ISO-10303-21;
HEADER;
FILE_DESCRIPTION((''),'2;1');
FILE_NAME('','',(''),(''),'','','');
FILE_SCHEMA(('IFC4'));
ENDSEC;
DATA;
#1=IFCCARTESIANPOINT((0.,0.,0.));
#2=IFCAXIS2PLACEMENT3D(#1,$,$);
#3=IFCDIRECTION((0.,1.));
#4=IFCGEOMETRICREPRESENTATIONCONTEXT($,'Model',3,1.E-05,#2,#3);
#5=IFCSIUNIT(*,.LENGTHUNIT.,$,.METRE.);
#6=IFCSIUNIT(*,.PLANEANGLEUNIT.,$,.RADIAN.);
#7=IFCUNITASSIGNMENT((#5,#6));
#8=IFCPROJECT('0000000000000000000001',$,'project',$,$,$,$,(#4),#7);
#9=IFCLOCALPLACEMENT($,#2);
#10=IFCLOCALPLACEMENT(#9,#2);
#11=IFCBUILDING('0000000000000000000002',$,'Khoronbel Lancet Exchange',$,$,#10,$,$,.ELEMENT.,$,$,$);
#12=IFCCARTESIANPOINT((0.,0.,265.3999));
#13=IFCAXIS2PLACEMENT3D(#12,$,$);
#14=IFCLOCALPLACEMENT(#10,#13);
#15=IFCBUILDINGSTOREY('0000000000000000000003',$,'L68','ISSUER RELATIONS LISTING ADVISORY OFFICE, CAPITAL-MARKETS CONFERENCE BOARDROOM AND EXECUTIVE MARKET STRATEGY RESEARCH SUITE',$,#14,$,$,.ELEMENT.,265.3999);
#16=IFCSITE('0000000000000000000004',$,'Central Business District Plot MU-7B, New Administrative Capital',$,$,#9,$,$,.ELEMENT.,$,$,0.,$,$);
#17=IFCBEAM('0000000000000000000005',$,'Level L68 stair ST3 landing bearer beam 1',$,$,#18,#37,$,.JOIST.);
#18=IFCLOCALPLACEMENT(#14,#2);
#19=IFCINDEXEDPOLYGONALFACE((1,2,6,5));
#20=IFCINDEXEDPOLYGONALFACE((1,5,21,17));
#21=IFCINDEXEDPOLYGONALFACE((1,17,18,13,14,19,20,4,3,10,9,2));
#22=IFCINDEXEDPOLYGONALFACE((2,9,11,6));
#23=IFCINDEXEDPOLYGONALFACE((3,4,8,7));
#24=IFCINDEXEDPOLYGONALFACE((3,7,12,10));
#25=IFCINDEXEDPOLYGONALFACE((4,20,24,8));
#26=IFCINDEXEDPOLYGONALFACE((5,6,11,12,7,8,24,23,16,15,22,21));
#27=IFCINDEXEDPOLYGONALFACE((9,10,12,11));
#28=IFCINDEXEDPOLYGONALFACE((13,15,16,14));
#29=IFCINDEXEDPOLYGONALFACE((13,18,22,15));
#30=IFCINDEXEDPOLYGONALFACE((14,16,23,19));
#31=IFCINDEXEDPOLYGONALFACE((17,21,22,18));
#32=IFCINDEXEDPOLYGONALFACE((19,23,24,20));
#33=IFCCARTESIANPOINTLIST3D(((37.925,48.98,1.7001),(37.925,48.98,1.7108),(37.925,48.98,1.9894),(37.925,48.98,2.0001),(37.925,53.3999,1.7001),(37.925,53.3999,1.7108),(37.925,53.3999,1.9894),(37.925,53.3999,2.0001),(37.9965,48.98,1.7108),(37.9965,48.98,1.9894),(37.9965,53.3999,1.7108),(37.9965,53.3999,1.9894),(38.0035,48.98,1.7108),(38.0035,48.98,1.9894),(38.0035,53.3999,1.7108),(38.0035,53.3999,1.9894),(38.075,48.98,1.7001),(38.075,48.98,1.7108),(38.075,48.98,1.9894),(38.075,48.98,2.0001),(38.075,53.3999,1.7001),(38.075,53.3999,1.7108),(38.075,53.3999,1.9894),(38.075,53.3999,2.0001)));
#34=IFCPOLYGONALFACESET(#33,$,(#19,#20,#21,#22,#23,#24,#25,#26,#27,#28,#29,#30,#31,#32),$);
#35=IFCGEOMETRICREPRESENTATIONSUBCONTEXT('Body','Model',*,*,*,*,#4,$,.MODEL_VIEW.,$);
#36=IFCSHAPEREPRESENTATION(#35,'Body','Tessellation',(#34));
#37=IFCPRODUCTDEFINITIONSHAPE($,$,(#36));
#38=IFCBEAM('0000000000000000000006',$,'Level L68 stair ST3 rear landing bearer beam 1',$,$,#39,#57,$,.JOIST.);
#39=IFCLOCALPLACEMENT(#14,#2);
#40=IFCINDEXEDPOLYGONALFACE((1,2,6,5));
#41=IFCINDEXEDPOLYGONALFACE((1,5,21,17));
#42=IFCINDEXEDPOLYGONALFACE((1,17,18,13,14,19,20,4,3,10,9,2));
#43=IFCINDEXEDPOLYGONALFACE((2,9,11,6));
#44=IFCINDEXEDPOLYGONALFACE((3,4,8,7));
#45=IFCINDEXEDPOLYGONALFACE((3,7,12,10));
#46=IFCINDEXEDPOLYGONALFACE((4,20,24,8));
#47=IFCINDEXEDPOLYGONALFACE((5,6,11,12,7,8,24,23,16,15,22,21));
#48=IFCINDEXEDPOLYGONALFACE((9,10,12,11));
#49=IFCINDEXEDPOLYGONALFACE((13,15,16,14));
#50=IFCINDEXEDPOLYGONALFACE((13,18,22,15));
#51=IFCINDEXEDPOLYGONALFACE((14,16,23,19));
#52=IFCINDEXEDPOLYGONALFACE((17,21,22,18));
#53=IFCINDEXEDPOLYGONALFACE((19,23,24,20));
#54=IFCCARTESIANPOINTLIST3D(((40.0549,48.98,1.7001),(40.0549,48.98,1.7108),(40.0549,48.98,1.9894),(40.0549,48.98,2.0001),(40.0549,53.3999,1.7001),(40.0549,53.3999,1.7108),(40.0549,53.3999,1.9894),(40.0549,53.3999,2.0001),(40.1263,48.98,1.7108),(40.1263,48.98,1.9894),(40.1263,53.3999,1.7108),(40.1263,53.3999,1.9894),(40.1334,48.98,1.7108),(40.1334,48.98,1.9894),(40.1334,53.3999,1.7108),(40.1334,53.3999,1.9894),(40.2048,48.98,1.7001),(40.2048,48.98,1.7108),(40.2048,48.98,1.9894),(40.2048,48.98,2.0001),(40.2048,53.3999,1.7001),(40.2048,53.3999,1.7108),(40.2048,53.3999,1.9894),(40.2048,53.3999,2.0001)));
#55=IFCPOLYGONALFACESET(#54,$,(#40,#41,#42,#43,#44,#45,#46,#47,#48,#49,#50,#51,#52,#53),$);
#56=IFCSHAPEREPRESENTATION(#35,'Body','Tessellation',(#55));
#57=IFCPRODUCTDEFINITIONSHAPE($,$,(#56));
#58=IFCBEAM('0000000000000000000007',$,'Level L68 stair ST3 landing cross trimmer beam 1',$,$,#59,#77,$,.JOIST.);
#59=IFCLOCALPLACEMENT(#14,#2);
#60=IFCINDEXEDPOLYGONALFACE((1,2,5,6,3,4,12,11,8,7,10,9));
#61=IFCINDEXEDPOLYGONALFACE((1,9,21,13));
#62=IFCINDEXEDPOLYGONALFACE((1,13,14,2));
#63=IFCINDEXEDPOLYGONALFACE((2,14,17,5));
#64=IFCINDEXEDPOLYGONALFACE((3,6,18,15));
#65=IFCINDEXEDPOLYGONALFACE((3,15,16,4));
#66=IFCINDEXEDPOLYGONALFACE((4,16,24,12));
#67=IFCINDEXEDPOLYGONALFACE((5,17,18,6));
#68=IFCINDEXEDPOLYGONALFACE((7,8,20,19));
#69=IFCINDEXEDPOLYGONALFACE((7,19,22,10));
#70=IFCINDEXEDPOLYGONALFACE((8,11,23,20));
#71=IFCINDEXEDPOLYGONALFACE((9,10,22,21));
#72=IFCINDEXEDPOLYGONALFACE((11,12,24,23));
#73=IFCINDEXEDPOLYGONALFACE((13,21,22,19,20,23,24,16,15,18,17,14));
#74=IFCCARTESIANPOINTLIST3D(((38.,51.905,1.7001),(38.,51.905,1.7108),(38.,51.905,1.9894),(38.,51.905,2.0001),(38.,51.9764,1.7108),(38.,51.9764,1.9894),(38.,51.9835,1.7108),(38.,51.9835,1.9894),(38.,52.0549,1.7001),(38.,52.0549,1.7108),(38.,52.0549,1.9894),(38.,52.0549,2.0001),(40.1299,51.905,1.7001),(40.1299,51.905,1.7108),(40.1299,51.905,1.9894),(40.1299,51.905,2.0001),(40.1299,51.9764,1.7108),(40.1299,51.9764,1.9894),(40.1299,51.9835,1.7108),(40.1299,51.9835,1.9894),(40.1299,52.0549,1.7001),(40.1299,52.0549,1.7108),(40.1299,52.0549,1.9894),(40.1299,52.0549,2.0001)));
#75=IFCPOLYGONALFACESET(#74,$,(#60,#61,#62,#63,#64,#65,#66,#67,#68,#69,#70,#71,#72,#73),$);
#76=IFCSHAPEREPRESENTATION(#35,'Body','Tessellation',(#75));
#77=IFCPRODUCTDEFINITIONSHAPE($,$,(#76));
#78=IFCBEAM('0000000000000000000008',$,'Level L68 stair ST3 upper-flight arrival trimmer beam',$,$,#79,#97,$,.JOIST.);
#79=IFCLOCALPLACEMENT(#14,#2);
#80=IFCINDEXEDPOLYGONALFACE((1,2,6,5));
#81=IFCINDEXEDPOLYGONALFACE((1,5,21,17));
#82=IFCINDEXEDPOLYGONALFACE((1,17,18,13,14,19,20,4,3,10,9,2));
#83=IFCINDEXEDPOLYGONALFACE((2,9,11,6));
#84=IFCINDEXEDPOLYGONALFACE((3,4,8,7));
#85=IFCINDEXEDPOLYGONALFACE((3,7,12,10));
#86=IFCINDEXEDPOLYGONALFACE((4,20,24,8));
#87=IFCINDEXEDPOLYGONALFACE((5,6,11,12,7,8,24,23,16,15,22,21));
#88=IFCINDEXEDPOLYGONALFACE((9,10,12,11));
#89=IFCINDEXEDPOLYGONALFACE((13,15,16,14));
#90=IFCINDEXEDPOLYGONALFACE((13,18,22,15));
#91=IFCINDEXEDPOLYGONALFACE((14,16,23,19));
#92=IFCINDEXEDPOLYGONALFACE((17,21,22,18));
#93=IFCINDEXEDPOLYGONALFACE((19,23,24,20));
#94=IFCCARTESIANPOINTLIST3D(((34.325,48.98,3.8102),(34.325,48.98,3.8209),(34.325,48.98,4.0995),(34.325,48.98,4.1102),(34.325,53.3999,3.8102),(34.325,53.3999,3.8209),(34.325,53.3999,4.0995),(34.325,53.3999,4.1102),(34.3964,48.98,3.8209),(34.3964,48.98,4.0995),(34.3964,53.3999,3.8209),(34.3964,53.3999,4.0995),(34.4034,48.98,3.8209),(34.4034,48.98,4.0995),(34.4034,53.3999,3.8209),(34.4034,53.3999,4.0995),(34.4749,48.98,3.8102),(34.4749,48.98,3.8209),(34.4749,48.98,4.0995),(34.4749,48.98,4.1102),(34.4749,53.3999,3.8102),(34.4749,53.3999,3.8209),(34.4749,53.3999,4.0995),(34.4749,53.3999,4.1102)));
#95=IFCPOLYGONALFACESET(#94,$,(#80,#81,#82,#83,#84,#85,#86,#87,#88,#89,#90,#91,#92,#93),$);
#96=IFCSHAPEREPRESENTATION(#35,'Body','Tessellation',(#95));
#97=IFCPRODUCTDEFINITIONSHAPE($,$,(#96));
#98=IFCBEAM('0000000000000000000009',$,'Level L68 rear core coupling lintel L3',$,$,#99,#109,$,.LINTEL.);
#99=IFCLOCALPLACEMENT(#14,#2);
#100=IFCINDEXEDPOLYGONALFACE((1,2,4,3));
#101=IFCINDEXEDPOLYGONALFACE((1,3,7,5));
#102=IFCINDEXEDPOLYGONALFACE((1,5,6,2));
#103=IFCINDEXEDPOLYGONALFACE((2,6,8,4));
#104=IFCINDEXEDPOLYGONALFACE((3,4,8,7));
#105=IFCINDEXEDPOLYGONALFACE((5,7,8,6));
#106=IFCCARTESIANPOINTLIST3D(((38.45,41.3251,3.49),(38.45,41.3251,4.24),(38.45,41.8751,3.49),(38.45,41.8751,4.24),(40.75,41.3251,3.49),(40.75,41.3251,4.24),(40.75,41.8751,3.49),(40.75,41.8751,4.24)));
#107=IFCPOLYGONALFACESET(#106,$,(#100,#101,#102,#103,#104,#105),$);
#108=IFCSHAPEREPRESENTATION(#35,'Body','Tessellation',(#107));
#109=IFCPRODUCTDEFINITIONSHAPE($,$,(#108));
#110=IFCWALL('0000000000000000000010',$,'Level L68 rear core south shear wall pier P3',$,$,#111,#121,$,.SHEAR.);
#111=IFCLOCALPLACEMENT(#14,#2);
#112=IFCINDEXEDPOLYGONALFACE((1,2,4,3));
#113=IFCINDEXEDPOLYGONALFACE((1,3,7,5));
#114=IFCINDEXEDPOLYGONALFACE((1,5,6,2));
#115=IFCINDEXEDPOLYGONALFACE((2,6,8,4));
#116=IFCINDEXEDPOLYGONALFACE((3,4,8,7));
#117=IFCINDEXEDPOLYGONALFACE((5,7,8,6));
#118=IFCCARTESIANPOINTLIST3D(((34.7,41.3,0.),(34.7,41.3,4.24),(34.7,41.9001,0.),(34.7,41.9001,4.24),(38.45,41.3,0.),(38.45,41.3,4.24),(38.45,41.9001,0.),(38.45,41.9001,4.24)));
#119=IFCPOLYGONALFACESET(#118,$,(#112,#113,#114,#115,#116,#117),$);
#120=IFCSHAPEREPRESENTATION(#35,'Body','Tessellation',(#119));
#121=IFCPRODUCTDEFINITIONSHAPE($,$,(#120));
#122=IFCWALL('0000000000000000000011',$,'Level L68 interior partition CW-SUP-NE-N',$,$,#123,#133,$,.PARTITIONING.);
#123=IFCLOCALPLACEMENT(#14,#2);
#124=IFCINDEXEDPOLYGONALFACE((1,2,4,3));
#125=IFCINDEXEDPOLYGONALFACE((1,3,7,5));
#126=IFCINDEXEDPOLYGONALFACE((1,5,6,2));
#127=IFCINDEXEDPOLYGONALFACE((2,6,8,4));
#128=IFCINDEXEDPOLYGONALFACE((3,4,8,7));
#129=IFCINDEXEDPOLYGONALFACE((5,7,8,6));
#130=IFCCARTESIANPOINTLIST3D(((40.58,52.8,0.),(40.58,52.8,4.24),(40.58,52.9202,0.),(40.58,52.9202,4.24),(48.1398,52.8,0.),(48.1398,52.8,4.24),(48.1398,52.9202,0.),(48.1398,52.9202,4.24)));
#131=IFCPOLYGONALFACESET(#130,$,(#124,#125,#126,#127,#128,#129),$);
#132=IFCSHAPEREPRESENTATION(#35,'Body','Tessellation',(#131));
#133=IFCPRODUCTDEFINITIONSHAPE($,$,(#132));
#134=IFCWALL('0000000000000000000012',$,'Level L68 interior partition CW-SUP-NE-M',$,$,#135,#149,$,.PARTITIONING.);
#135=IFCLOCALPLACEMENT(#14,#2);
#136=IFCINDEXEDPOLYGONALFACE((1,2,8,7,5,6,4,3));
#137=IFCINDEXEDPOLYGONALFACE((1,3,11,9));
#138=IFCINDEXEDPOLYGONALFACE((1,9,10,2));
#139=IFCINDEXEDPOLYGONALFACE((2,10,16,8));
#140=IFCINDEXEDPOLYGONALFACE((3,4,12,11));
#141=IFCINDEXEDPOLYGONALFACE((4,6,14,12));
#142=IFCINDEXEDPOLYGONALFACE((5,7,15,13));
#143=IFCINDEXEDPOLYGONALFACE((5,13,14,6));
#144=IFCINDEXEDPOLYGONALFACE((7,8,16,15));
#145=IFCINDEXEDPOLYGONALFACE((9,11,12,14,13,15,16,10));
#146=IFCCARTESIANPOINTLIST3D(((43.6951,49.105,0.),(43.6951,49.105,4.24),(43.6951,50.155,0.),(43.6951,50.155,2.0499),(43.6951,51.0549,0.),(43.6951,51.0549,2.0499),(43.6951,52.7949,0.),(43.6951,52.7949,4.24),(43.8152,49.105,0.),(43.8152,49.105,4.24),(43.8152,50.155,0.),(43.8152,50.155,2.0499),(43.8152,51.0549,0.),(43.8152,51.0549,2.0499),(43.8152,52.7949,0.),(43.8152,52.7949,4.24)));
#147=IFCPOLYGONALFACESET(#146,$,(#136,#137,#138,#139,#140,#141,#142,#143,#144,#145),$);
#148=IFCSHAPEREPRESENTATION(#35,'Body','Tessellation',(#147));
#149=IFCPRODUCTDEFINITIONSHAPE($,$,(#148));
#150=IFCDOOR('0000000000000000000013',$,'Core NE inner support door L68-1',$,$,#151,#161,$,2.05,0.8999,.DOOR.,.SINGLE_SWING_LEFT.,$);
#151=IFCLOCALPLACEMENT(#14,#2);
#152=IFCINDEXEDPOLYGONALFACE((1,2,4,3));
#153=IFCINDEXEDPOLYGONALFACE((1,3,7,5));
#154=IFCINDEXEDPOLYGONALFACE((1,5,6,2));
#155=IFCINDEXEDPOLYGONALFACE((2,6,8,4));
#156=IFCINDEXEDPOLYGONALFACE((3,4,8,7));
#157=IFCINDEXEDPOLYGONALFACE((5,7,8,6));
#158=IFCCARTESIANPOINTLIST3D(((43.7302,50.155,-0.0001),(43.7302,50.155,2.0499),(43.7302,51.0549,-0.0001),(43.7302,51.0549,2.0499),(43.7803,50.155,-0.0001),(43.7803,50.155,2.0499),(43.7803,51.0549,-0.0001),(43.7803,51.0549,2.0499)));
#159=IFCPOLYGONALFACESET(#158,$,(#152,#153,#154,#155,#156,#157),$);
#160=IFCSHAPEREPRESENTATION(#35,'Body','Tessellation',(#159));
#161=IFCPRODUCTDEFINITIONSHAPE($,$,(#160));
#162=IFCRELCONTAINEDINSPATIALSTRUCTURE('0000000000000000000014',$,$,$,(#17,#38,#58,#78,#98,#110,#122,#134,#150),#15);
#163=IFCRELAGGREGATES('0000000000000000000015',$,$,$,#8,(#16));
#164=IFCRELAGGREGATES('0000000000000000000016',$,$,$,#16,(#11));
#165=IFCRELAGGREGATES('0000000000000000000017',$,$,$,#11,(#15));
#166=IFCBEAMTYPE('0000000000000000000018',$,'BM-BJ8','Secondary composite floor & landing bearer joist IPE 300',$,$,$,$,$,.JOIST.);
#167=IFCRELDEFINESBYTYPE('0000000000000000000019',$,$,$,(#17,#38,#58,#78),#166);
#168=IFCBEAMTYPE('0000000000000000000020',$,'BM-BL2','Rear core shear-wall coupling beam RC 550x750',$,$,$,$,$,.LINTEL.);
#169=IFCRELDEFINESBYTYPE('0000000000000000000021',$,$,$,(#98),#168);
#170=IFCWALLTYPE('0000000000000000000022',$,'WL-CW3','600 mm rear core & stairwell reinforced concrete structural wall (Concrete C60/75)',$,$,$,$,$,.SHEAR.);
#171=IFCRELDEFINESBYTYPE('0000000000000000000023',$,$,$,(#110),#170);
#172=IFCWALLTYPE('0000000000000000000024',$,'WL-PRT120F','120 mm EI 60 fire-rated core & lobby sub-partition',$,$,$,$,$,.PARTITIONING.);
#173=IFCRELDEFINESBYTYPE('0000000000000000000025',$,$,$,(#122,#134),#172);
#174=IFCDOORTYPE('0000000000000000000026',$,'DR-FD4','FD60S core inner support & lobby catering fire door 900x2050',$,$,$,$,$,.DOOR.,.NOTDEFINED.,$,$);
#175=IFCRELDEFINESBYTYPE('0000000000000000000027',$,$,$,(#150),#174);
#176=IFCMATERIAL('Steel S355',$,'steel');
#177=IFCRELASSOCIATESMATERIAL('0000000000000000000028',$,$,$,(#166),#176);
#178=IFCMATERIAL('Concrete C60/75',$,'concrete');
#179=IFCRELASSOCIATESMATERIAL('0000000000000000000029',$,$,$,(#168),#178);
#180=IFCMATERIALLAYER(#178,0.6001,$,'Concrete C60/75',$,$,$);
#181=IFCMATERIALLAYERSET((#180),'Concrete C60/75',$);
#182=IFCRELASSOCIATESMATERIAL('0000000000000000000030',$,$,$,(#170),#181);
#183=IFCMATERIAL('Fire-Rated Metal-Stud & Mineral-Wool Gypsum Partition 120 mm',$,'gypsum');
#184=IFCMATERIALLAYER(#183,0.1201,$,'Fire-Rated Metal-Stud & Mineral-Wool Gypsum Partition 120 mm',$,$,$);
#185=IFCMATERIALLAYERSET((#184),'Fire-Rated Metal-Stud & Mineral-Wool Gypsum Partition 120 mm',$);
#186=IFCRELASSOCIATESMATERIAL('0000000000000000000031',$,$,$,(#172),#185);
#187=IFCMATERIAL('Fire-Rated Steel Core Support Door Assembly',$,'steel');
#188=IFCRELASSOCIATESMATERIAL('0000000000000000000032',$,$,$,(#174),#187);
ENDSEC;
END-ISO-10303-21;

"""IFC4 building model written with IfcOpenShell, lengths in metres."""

from ifc_helpers import new_model, si_unit, direction, frame, frame_2d, origin, origin_2d, place, context, subcontext, project, spatial, rectangle, i_section, extrude, material, layer, layer_set, material_profile, profile_set, type_object, element, fill, save


model = new_model("IFC4")

# Units and contexts
model_context = context("Model", 3, precision=1e-05, world=origin(), true_north=direction((0.0, 1.0)))
body_context = subcontext(model_context, "Body", "Model", "MODEL_VIEW")
ifc_project = project(units=[si_unit("LENGTHUNIT", "METRE"), si_unit("PLANEANGLEUNIT", "RADIAN")], contexts=[model_context])

# Site, building, storey
site_placement = place(None, origin())
site = spatial("IfcSite", under=ifc_project, at=site_placement, Name="Central Business District Plot MU-7B, New Administrative Capital", CompositionType="ELEMENT", RefElevation=0.0)
building_placement = place(site_placement, origin())
building = spatial("IfcBuilding", under=site, at=building_placement, Name="Khoronbel Lancet Exchange", CompositionType="ELEMENT")
storey_placement = place(building_placement, frame((0.0, 0.0, 265.3999)))
storey = spatial("IfcBuildingStorey", under=building, at=storey_placement, Name="L68", Description="ISSUER RELATIONS LISTING ADVISORY OFFICE, CAPITAL-MARKETS CONFERENCE BOARDROOM AND EXECUTIVE MARKET STRATEGY RESEARCH SUITE", CompositionType="ELEMENT", Elevation=265.3999)

# Beams
ifc_material_1 = material(Name="Steel S355", Category="steel")
ifc_material_profile_1 = material_profile(ifc_material_1, i_section(OverallWidth=0.1499, OverallDepth=0.3, WebThickness=0.0071, FlangeThickness=0.0107, at=origin_2d()), Name="IPE 300")
ifc_profile_set_1 = profile_set([ifc_material_profile_1], Name="Steel S355")
beam_type_1 = type_object("IfcBeamType", Name="BM-BJ8", Description="Secondary composite floor & landing bearer joist IPE 300", PredefinedType="JOIST", material=ifc_profile_set_1)
for number, where, z_axis, x_axis, name in (
    (1, (38.0, 48.98, 1.8501), (0.0, 1.0, 0.0), (-1.0, 0.0, 0.0), "Level L68 stair ST3 landing bearer beam 1"),
    (2, (40.1299, 48.98, 1.8501), (0.0, 1.0, 0.0), (-1.0, 0.0, 0.0), "Level L68 stair ST3 rear landing bearer beam 1"),
):
    element("IfcBeam", number, at=place(storey_placement, frame(where, z_axis=z_axis, x_axis=x_axis)), inside=storey, type_object=beam_type_1, Name=name, PredefinedType="JOIST", context=body_context, shape_type="SweptSolid", body=[
        extrude(i_section(OverallWidth=0.1499, OverallDepth=0.3, WebThickness=0.0071, FlangeThickness=0.0107, at=origin_2d()), origin(), (0.0, 0.0, 1.0), 4.4199),
    ])
beam_1_placement = place(storey_placement, frame((38.0, 51.98, 1.8501), z_axis=(1.0, 0.0, 0.0), x_axis=(0.0, 1.0, 0.0)))
element("IfcBeam", 3, at=beam_1_placement, inside=storey, type_object=beam_type_1, Name="Level L68 stair ST3 landing cross trimmer beam 1", PredefinedType="JOIST", context=body_context, shape_type="SweptSolid", body=[
    extrude(i_section(OverallWidth=0.1499, OverallDepth=0.3, WebThickness=0.0071, FlangeThickness=0.0107, at=origin_2d()), origin(), (0.0, 0.0, 1.0), 2.1299),
])
beam_2_placement = place(storey_placement, frame((34.3999, 48.98, 3.9602), z_axis=(0.0, 1.0, 0.0), x_axis=(-1.0, 0.0, 0.0)))
element("IfcBeam", 4, at=beam_2_placement, inside=storey, type_object=beam_type_1, Name="Level L68 stair ST3 upper-flight arrival trimmer beam", PredefinedType="JOIST", context=body_context, shape_type="SweptSolid", body=[
    extrude(i_section(OverallWidth=0.1499, OverallDepth=0.3, WebThickness=0.0071, FlangeThickness=0.0107, at=origin_2d()), origin(), (0.0, 0.0, 1.0), 4.4199),
])
ifc_material_2 = material(Name="Concrete C60/75", Category="concrete")
ifc_material_profile_2 = material_profile(ifc_material_2, rectangle(XDim=0.55, YDim=0.75, at=origin_2d()), Name="RC 550x750")
ifc_profile_set_2 = profile_set([ifc_material_profile_2], Name="Concrete C60/75")
beam_type_2 = type_object("IfcBeamType", Name="BM-BL2", Description="Rear core shear-wall coupling beam RC 550x750", PredefinedType="LINTEL", material=ifc_profile_set_2)
beam_3_placement = place(storey_placement, frame((38.45, 41.6001, 3.865), z_axis=(1.0, 0.0, 0.0), x_axis=(0.0, 1.0, 0.0)))
element("IfcBeam", 5, at=beam_3_placement, inside=storey, type_object=beam_type_2, Name="Level L68 rear core coupling lintel L3", PredefinedType="LINTEL", context=body_context, shape_type="SweptSolid", body=[
    extrude(rectangle(XDim=0.55, YDim=0.75, at=origin_2d()), origin(), (0.0, 0.0, 1.0), 2.3),
])

# Walls
ifc_layer_1 = layer(ifc_material_2, 0.6001, Name="Concrete C60/75")
ifc_layer_set_1 = layer_set([ifc_layer_1], Name="Concrete C60/75")
wall_type_1 = type_object("IfcWallType", Name="WL-CW3", Description="600 mm rear core & stairwell reinforced concrete structural wall (Concrete C60/75)", PredefinedType="SHEAR", material=ifc_layer_set_1)
wall_1_placement = place(storey_placement, frame((38.45, 41.6001, 0.0), z_axis=(0.0, 0.0, 1.0), x_axis=(-1.0, 0.0, 0.0)))
element("IfcWall", 6, at=wall_1_placement, inside=storey, type_object=wall_type_1, Name="Level L68 rear core south shear wall pier P3", PredefinedType="SHEAR", context=body_context, shape_type="SweptSolid", body=[
    extrude(rectangle(XDim=3.75, YDim=0.6001, at=frame_2d((1.875, 0.0))), origin(), (0.0, 0.0, 1.0), 4.24),
])
ifc_material_3 = material(Name="Fire-Rated Metal-Stud & Mineral-Wool Gypsum Partition 120 mm", Category="gypsum")
ifc_layer_2 = layer(ifc_material_3, 0.1201, Name="Fire-Rated Metal-Stud & Mineral-Wool Gypsum Partition 120 mm")
ifc_layer_set_2 = layer_set([ifc_layer_2], Name="Fire-Rated Metal-Stud & Mineral-Wool Gypsum Partition 120 mm")
wall_type_2 = type_object("IfcWallType", Name="WL-PRT120F", Description="120 mm EI 60 fire-rated core & lobby sub-partition", PredefinedType="PARTITIONING", material=ifc_layer_set_2)
wall_2_placement = place(storey_placement, frame((40.5801, 52.8601, 0.0), z_axis=(0.0, 0.0, 1.0), x_axis=(1.0, 0.0, 0.0)))
element("IfcWall", 7, at=wall_2_placement, inside=storey, type_object=wall_type_2, Name="Level L68 interior partition CW-SUP-NE-N", PredefinedType="PARTITIONING", context=body_context, shape_type="SweptSolid", body=[
    extrude(rectangle(XDim=7.5598, YDim=0.1201, at=frame_2d((3.7798, 0.0))), origin(), (0.0, 0.0, 1.0), 4.24),
])

# Wall, opening, door
wall_3_placement = place(storey_placement, frame((43.7551, 49.105, 0.0), z_axis=(0.0, 0.0, 1.0), x_axis=(0.0, 1.0, 0.0)))
wall_3 = element("IfcWall", 8, at=wall_3_placement, inside=storey, type_object=wall_type_2, Name="Level L68 interior partition CW-SUP-NE-M", PredefinedType="PARTITIONING", context=body_context, shape_type="SweptSolid", body=[
    extrude(rectangle(XDim=3.6899, YDim=0.1201, at=frame_2d((1.845, 0.0))), origin(), (0.0, 0.0, 1.0), 4.24),
])
opening_1_placement = place(wall_3_placement, frame((1.05, 0.0, 0.0)))
opening_1 = element("IfcOpeningElement", 9, at=opening_1_placement, cuts=wall_3, PredefinedType="OPENING", context=body_context, shape_type="SweptSolid", body=[
    extrude(rectangle(XDim=0.8999, YDim=2.05, at=frame_2d((0.45, 1.0249))), frame((0.0, 0.0701, 0.0), z_axis=(0.0, -1.0, 0.0), x_axis=(1.0, 0.0, 0.0)), (0.0, 0.0, 1.0), 0.1401),
])
ifc_material_4 = material(Name="Fire-Rated Steel Core Support Door Assembly", Category="steel")
door_type_1 = type_object("IfcDoorType", Name="DR-FD4", Description="FD60S core inner support & lobby catering fire door 900x2050", OperationType="NOTDEFINED", PredefinedType="DOOR", material=ifc_material_4)
door_1_placement = place(opening_1_placement, origin())
door_1 = element("IfcDoor", 10, at=door_1_placement, inside=storey, type_object=door_type_1, Name="Core NE inner support door L68-1", OperationType="SINGLE_SWING_LEFT", OverallHeight=2.05, OverallWidth=0.8999, PredefinedType="DOOR", context=body_context, shape_type="SweptSolid", body=[
    extrude(rectangle(XDim=0.8999, YDim=2.05, at=frame_2d((0.45, 1.0249))), frame((0.0, 0.0249, 0.0), z_axis=(0.0, -1.0, 0.0), x_axis=(1.0, 0.0, 0.0)), (0.0, 0.0, 1.0), 0.05),
])
fill(opening_1, door_1)

save(model, "model.ifc")
